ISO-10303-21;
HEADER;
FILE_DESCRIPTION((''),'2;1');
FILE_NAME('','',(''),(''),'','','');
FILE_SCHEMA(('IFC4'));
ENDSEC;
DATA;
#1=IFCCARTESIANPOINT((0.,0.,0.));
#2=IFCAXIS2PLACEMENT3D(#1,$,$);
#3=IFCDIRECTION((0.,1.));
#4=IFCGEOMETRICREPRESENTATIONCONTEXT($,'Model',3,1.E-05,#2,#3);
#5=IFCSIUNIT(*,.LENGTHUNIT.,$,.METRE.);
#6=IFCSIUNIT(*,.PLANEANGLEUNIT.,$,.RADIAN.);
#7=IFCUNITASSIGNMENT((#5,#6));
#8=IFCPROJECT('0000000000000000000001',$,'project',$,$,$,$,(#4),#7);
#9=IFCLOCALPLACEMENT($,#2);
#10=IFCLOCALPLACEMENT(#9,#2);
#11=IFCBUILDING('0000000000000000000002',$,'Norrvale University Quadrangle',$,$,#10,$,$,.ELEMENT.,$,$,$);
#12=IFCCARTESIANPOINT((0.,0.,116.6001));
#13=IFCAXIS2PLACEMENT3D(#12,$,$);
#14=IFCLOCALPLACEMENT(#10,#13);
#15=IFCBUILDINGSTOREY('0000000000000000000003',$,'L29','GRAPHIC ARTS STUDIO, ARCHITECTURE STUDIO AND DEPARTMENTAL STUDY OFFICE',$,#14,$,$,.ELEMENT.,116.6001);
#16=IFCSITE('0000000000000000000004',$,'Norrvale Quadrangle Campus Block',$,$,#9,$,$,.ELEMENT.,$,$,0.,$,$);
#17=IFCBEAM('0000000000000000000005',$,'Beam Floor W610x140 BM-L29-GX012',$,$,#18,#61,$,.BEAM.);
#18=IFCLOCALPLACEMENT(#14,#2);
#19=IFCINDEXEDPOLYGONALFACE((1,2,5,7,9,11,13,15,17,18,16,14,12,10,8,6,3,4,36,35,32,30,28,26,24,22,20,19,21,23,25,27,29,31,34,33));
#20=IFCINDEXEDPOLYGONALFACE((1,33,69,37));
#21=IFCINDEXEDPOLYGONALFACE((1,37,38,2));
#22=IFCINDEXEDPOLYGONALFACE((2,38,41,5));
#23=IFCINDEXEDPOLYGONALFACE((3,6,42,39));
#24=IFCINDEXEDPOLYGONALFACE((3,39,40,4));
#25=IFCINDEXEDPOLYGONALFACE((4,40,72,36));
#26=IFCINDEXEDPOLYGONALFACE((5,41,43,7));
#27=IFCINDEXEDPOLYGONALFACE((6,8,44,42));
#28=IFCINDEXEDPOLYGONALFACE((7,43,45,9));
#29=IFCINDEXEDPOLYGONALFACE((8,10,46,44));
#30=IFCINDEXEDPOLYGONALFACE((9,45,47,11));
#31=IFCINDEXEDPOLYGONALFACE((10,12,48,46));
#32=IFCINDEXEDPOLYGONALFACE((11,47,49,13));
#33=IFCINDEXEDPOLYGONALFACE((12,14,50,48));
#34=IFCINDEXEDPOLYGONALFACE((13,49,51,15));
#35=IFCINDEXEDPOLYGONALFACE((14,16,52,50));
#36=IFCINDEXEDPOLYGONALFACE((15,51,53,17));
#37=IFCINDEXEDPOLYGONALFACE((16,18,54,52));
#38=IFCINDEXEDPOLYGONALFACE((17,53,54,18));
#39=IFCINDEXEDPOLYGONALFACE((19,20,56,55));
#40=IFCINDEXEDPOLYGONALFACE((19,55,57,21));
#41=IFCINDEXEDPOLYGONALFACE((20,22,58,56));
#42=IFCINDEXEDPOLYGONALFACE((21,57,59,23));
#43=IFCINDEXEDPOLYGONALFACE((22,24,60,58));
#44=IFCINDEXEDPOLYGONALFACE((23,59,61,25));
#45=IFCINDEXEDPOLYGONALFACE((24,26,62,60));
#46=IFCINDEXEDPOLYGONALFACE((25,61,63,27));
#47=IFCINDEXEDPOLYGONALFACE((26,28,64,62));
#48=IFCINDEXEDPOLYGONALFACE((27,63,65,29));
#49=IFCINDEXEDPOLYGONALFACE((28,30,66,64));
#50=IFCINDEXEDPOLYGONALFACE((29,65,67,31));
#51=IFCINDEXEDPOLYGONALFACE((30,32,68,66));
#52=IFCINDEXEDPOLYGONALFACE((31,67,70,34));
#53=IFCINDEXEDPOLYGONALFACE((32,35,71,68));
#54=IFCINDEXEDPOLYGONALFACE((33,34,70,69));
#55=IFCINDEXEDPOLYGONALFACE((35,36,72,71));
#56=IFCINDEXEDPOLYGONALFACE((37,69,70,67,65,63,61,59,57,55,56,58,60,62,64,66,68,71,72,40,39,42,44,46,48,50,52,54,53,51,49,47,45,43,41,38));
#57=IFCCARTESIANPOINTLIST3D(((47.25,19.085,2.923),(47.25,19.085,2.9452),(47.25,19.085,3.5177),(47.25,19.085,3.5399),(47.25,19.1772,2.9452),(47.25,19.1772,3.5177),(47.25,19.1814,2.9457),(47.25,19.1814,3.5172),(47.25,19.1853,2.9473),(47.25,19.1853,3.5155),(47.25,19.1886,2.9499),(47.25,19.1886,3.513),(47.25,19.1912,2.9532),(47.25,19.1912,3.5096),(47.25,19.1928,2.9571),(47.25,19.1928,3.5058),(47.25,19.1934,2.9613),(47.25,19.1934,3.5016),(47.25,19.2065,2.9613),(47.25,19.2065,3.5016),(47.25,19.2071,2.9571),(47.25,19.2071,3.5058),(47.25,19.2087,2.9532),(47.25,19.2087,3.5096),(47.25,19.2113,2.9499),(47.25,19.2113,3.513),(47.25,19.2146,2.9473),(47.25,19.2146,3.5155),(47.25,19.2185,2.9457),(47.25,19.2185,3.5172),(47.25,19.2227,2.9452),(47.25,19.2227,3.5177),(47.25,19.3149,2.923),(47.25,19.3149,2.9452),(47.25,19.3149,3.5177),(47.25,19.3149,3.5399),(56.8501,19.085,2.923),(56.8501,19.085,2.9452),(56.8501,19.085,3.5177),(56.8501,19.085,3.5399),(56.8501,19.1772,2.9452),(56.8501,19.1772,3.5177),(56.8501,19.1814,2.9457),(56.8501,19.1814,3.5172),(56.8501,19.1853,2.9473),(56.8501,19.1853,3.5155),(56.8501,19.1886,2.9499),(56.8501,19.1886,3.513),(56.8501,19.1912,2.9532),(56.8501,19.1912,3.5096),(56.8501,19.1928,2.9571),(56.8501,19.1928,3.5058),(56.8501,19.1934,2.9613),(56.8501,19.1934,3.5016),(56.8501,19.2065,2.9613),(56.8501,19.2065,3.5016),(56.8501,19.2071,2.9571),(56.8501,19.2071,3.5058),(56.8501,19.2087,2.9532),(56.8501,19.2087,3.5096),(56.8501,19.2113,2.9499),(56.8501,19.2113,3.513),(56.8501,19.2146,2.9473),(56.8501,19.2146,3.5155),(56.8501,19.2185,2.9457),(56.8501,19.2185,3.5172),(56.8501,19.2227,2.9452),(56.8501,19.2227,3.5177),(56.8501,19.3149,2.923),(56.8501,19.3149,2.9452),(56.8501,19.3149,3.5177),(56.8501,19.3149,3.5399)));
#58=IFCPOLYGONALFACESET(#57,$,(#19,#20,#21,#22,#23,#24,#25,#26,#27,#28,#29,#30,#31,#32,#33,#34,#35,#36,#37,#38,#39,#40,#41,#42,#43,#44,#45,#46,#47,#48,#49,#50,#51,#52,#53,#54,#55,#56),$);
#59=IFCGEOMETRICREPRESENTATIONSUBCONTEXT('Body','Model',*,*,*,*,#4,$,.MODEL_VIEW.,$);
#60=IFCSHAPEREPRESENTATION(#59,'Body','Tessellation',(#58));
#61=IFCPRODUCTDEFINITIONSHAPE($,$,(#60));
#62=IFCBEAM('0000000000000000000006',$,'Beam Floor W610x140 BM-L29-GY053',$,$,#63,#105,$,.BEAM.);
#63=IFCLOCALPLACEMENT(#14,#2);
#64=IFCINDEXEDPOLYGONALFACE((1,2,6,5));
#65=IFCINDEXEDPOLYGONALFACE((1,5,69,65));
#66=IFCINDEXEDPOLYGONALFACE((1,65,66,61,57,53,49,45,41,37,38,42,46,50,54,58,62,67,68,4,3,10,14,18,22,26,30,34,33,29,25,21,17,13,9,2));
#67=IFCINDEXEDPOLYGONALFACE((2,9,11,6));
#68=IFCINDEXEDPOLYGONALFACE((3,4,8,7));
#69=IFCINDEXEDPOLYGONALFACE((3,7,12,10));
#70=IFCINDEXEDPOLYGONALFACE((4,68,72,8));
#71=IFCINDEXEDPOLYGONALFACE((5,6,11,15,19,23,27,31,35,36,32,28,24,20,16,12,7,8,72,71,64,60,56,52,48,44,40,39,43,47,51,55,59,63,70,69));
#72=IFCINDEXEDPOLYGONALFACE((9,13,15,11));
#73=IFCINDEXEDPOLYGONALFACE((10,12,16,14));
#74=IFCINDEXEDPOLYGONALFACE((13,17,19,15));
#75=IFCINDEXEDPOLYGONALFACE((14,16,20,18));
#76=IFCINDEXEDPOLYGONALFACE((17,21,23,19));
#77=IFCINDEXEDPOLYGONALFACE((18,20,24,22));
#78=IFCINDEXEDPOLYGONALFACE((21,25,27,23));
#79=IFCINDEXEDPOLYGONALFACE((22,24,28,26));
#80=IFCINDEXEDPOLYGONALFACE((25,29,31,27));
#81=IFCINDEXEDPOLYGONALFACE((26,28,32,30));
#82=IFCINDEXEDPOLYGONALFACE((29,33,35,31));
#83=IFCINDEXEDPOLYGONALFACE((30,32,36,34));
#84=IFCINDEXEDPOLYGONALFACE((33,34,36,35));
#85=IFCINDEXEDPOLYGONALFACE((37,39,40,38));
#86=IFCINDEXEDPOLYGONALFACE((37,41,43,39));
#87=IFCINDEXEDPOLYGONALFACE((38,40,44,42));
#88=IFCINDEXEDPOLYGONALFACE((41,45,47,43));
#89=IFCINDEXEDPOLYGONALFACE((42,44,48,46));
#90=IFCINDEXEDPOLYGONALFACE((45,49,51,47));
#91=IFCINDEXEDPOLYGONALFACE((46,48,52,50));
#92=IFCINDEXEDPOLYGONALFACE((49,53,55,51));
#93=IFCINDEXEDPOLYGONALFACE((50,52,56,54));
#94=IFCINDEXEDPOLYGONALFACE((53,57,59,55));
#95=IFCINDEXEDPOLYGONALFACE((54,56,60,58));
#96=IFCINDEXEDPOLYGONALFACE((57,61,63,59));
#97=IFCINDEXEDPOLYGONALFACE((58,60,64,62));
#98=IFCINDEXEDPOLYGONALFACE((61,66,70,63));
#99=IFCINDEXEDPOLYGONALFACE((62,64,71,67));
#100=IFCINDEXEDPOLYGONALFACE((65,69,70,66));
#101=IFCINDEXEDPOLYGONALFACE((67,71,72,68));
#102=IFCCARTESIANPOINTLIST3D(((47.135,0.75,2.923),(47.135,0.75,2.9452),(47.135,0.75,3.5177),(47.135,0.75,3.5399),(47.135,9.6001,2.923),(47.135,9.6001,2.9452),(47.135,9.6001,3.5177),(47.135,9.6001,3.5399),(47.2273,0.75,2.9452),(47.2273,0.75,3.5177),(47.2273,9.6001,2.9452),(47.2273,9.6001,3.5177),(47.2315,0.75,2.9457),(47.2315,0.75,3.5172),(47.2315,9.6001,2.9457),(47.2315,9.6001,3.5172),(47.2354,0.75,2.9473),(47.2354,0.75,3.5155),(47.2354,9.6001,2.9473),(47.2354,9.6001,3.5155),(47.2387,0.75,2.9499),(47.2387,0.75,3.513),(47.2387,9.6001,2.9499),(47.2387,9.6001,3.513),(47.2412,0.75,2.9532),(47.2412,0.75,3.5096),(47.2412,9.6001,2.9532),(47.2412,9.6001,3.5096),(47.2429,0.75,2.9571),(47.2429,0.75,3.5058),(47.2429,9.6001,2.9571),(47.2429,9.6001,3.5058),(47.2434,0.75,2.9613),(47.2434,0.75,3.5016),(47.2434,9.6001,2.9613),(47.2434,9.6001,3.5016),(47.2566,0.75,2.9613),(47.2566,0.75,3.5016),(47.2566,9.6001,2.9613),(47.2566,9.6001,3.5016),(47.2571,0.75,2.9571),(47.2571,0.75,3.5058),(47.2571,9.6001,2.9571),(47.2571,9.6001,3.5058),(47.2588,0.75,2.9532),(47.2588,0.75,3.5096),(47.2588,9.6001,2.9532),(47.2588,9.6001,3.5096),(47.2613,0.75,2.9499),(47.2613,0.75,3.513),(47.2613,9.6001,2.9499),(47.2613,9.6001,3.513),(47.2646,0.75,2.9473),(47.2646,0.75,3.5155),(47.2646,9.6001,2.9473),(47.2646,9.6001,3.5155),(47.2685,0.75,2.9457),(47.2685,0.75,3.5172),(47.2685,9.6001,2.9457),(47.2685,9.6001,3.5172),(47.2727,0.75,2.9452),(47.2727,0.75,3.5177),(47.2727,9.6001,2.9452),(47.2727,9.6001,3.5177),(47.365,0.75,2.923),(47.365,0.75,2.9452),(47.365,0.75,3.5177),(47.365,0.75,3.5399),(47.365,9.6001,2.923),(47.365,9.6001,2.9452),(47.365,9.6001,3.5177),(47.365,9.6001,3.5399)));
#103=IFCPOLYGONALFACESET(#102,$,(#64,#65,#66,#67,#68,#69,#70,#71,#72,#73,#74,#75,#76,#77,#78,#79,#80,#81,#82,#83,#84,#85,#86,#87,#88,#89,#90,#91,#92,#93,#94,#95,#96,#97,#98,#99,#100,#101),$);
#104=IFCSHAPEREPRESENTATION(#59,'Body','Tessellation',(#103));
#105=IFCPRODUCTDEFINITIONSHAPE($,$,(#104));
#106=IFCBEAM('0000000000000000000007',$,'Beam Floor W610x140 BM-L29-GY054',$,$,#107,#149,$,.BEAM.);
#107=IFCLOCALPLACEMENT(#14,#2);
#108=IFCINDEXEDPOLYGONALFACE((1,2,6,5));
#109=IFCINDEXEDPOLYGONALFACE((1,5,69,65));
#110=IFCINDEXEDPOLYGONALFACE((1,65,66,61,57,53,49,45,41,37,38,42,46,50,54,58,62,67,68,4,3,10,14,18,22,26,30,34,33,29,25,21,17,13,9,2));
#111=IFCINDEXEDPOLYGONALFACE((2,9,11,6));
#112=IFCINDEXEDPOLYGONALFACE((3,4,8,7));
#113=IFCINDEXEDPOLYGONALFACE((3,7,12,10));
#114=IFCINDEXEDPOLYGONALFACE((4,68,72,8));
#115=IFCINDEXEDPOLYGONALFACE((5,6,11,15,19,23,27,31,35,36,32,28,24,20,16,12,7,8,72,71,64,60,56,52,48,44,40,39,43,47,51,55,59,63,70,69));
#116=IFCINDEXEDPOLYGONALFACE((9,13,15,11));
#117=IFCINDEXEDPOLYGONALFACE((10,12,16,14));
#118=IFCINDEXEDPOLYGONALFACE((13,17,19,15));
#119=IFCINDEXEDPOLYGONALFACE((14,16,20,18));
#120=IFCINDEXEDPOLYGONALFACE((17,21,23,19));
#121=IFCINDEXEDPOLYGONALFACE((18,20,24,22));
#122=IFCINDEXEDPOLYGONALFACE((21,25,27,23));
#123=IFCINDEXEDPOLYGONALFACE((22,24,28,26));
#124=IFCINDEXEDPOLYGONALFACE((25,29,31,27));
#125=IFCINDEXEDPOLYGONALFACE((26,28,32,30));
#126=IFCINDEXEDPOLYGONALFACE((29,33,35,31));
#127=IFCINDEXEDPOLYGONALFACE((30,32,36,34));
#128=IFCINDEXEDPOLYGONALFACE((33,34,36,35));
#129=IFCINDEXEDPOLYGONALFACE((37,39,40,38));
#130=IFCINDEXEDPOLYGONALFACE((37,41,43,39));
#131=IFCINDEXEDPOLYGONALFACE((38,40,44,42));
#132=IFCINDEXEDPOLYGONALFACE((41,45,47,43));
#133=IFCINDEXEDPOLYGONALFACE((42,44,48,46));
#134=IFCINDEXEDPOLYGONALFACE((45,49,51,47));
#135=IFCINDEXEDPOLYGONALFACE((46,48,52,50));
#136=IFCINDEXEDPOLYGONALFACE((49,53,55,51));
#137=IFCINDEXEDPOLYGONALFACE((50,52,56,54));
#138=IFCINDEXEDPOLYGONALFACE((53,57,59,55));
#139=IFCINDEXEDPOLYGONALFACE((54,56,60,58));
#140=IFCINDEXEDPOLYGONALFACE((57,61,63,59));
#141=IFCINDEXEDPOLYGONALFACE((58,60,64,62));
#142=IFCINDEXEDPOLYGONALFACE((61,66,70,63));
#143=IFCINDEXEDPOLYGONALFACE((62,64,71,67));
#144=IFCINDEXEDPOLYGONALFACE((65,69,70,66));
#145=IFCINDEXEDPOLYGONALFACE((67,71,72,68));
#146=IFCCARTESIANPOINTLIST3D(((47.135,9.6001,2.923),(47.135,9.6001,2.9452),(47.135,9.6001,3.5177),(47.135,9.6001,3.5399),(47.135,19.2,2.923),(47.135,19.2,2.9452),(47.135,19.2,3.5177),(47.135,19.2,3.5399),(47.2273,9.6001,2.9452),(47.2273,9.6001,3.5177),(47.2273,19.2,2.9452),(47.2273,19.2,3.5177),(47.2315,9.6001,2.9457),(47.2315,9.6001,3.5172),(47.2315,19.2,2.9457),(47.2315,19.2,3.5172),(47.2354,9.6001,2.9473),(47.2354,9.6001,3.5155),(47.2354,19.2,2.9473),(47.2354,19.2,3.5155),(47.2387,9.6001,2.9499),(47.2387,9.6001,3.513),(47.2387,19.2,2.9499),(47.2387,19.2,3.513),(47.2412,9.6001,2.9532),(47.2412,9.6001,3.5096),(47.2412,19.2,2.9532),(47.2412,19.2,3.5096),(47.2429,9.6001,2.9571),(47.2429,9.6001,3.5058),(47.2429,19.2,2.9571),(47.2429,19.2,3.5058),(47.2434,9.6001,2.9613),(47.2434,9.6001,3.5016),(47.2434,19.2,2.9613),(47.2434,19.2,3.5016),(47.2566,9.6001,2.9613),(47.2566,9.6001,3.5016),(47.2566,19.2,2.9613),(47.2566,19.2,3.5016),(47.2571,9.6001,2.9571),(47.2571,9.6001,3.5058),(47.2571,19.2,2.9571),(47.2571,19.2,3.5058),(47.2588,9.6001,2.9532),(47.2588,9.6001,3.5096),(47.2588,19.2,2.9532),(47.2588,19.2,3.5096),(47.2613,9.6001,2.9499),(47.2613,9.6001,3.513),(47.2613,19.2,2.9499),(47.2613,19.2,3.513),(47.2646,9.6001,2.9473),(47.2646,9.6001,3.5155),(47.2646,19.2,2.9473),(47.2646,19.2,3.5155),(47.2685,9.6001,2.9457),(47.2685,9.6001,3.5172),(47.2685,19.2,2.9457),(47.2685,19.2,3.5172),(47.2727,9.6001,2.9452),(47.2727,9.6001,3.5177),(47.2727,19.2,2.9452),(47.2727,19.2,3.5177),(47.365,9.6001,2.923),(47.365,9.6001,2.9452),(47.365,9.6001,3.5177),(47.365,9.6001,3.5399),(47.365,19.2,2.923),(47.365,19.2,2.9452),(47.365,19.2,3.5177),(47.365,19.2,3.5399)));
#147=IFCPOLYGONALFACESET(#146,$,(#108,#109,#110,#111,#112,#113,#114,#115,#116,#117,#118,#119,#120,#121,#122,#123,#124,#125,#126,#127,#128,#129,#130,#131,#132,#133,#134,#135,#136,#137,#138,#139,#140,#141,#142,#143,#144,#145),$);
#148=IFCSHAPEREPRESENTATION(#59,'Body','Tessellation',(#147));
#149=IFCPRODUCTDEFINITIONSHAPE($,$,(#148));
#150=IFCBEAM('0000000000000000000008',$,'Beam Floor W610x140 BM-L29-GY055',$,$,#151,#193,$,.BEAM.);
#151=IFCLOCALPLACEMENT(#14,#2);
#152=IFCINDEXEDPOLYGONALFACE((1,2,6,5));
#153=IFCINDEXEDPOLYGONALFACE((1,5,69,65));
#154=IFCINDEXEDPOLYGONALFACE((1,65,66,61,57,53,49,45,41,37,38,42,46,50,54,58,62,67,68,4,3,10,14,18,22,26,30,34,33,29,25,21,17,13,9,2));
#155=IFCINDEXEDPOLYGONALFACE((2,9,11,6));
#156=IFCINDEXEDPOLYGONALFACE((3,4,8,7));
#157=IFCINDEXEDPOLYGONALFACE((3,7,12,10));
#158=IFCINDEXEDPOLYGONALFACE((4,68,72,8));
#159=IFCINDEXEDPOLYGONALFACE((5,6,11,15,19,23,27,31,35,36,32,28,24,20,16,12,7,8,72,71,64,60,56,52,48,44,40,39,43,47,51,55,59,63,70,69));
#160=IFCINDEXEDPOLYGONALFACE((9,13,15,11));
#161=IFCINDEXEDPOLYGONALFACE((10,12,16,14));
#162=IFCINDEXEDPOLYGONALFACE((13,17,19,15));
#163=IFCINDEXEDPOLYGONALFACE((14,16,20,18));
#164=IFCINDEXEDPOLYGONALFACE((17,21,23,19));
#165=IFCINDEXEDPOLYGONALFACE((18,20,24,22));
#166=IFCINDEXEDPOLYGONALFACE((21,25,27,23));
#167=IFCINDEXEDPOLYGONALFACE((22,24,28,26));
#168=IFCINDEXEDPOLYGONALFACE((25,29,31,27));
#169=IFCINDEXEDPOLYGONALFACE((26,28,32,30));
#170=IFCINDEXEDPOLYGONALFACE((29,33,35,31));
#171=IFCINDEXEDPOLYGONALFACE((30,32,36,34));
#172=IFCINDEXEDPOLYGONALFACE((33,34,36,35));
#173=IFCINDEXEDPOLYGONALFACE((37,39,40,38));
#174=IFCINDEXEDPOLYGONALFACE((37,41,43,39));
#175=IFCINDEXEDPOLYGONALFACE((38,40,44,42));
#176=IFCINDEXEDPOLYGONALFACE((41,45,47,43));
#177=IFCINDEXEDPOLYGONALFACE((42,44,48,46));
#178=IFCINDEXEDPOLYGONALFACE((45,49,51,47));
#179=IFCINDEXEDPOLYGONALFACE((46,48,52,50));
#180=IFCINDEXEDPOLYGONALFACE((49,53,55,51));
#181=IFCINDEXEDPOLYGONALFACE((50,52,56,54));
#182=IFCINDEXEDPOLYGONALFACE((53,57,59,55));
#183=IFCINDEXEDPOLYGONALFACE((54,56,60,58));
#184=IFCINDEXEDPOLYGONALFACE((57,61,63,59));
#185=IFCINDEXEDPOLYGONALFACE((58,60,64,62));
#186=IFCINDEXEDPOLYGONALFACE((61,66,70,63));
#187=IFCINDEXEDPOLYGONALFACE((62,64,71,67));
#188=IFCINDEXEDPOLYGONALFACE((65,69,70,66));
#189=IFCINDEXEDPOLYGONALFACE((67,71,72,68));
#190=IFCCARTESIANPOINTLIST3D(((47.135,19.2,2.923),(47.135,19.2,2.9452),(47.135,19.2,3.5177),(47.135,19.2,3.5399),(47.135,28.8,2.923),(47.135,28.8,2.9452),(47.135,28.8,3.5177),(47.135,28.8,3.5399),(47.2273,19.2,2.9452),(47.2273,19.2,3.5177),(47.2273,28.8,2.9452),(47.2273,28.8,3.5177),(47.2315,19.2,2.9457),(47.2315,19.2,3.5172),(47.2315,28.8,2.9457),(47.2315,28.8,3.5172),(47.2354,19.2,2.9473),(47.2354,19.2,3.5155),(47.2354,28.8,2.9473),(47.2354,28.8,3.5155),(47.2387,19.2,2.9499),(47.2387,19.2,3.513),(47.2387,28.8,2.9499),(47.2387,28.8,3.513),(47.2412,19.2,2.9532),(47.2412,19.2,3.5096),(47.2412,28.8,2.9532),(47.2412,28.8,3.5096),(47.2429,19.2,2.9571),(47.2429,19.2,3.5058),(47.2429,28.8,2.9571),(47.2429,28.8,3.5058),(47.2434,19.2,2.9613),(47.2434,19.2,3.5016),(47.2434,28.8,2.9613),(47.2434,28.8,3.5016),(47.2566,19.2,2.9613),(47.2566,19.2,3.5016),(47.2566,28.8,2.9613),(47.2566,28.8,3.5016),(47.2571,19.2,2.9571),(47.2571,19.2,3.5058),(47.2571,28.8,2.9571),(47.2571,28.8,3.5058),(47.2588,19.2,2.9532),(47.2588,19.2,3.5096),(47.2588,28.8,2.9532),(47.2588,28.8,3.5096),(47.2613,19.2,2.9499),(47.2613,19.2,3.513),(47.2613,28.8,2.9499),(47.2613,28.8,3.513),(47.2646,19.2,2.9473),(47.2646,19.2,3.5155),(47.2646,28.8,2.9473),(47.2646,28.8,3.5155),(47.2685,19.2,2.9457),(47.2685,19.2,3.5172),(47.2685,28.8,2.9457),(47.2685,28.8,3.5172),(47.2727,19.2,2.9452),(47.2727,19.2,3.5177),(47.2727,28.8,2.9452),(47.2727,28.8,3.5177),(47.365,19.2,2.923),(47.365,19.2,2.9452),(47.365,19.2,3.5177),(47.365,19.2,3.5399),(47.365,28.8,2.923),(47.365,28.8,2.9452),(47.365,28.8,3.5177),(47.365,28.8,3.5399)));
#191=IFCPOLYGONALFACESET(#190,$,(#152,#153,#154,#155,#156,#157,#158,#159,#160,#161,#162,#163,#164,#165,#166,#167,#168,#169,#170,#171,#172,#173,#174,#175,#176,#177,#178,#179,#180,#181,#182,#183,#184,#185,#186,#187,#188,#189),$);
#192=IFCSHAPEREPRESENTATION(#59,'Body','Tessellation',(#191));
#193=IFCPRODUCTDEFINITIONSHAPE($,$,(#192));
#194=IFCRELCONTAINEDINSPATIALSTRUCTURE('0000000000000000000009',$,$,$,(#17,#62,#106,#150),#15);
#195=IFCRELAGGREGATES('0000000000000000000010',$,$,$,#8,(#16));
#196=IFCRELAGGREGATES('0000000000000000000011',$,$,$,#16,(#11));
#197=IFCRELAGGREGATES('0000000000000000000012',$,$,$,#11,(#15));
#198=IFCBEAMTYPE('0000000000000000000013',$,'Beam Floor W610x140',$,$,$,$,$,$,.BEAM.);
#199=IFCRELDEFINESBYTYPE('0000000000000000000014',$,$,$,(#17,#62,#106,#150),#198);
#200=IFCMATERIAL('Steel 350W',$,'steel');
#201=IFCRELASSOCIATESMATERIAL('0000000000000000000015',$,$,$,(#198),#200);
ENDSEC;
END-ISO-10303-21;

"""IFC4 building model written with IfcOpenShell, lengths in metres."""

from ifc_helpers import new_model, si_unit, direction, frame, origin, origin_2d, place, context, subcontext, project, spatial, i_section, extrude, material, material_profile, profile_set, type_object, element, save


model = new_model("IFC4")

# Units and contexts
model_context = context("Model", 3, precision=1e-05, world=origin(), true_north=direction((0.0, 1.0)))
body_context = subcontext(model_context, "Body", "Model", "MODEL_VIEW")
ifc_project = project(units=[si_unit("LENGTHUNIT", "METRE"), si_unit("PLANEANGLEUNIT", "RADIAN")], contexts=[model_context])

# Site, building, storey
site_placement = place(None, origin())
site = spatial("IfcSite", under=ifc_project, at=site_placement, Name="Norrvale Quadrangle Campus Block", CompositionType="ELEMENT", RefElevation=0.0)
building_placement = place(site_placement, origin())
building = spatial("IfcBuilding", under=site, at=building_placement, Name="Norrvale University Quadrangle", CompositionType="ELEMENT")
storey_placement = place(building_placement, frame((0.0, 0.0, 116.6001)))
storey = spatial("IfcBuildingStorey", under=building, at=storey_placement, Name="L29", Description="GRAPHIC ARTS STUDIO, ARCHITECTURE STUDIO AND DEPARTMENTAL STUDY OFFICE", CompositionType="ELEMENT", Elevation=116.6001)

# Beams
ifc_material_1 = material(Name="Steel 350W", Category="steel")
ifc_material_profile_1 = material_profile(ifc_material_1, i_section(OverallWidth=0.23, OverallDepth=0.6169, WebThickness=0.0132, FlangeThickness=0.0222, FilletRadius=0.0161, at=origin_2d()), Name="Steel 350W")
ifc_profile_set_1 = profile_set([ifc_material_profile_1], Name="Steel 350W")
beam_type_1 = type_object("IfcBeamType", Name="Beam Floor W610x140", PredefinedType="BEAM", material=ifc_profile_set_1)
for number, where, z_axis, x_axis, name in (
    (1, (47.25, 19.2, 3.2314), (1.0, 0.0, 0.0), (0.0, 1.0, 0.0), "Beam Floor W610x140 BM-L29-GX012"),
):
    element("IfcBeam", number, at=place(storey_placement, frame(where, z_axis=z_axis, x_axis=x_axis)), inside=storey, type_object=beam_type_1, Name=name, PredefinedType="BEAM", context=body_context, shape_type="SweptSolid", body=[
        extrude(i_section(OverallWidth=0.23, OverallDepth=0.6169, WebThickness=0.0132, FlangeThickness=0.0222, FilletRadius=0.0161, at=origin_2d()), origin(), (0.0, 0.0, 1.0), 9.6001),
    ])
beam_1_placement = place(storey_placement, frame((47.25, 0.75, 3.2314), z_axis=(0.0, 1.0, 0.0), x_axis=(-1.0, 0.0, 0.0)))
element("IfcBeam", 2, at=beam_1_placement, inside=storey, type_object=beam_type_1, Name="Beam Floor W610x140 BM-L29-GY053", PredefinedType="BEAM", context=body_context, shape_type="SweptSolid", body=[
    extrude(i_section(OverallWidth=0.23, OverallDepth=0.6169, WebThickness=0.0132, FlangeThickness=0.0222, FilletRadius=0.0161, at=origin_2d()), origin(), (0.0, 0.0, 1.0), 8.8501),
])
beam_2_placement = place(storey_placement, frame((47.25, 9.6001, 3.2314), z_axis=(0.0, 1.0, 0.0), x_axis=(-1.0, 0.0, 0.0)))
element("IfcBeam", 3, at=beam_2_placement, inside=storey, type_object=beam_type_1, Name="Beam Floor W610x140 BM-L29-GY054", PredefinedType="BEAM", context=body_context, shape_type="SweptSolid", body=[
    extrude(i_section(OverallWidth=0.23, OverallDepth=0.6169, WebThickness=0.0132, FlangeThickness=0.0222, FilletRadius=0.0161, at=origin_2d()), origin(), (0.0, 0.0, 1.0), 9.5999),
])
beam_3_placement = place(storey_placement, frame((47.25, 19.2, 3.2314), z_axis=(0.0, 1.0, 0.0), x_axis=(-1.0, 0.0, 0.0)))
element("IfcBeam", 4, at=beam_3_placement, inside=storey, type_object=beam_type_1, Name="Beam Floor W610x140 BM-L29-GY055", PredefinedType="BEAM", context=body_context, shape_type="SweptSolid", body=[
    extrude(i_section(OverallWidth=0.23, OverallDepth=0.6169, WebThickness=0.0132, FlangeThickness=0.0222, FilletRadius=0.0161, at=origin_2d()), origin(), (0.0, 0.0, 1.0), 9.6001),
])

save(model, "model.ifc")
